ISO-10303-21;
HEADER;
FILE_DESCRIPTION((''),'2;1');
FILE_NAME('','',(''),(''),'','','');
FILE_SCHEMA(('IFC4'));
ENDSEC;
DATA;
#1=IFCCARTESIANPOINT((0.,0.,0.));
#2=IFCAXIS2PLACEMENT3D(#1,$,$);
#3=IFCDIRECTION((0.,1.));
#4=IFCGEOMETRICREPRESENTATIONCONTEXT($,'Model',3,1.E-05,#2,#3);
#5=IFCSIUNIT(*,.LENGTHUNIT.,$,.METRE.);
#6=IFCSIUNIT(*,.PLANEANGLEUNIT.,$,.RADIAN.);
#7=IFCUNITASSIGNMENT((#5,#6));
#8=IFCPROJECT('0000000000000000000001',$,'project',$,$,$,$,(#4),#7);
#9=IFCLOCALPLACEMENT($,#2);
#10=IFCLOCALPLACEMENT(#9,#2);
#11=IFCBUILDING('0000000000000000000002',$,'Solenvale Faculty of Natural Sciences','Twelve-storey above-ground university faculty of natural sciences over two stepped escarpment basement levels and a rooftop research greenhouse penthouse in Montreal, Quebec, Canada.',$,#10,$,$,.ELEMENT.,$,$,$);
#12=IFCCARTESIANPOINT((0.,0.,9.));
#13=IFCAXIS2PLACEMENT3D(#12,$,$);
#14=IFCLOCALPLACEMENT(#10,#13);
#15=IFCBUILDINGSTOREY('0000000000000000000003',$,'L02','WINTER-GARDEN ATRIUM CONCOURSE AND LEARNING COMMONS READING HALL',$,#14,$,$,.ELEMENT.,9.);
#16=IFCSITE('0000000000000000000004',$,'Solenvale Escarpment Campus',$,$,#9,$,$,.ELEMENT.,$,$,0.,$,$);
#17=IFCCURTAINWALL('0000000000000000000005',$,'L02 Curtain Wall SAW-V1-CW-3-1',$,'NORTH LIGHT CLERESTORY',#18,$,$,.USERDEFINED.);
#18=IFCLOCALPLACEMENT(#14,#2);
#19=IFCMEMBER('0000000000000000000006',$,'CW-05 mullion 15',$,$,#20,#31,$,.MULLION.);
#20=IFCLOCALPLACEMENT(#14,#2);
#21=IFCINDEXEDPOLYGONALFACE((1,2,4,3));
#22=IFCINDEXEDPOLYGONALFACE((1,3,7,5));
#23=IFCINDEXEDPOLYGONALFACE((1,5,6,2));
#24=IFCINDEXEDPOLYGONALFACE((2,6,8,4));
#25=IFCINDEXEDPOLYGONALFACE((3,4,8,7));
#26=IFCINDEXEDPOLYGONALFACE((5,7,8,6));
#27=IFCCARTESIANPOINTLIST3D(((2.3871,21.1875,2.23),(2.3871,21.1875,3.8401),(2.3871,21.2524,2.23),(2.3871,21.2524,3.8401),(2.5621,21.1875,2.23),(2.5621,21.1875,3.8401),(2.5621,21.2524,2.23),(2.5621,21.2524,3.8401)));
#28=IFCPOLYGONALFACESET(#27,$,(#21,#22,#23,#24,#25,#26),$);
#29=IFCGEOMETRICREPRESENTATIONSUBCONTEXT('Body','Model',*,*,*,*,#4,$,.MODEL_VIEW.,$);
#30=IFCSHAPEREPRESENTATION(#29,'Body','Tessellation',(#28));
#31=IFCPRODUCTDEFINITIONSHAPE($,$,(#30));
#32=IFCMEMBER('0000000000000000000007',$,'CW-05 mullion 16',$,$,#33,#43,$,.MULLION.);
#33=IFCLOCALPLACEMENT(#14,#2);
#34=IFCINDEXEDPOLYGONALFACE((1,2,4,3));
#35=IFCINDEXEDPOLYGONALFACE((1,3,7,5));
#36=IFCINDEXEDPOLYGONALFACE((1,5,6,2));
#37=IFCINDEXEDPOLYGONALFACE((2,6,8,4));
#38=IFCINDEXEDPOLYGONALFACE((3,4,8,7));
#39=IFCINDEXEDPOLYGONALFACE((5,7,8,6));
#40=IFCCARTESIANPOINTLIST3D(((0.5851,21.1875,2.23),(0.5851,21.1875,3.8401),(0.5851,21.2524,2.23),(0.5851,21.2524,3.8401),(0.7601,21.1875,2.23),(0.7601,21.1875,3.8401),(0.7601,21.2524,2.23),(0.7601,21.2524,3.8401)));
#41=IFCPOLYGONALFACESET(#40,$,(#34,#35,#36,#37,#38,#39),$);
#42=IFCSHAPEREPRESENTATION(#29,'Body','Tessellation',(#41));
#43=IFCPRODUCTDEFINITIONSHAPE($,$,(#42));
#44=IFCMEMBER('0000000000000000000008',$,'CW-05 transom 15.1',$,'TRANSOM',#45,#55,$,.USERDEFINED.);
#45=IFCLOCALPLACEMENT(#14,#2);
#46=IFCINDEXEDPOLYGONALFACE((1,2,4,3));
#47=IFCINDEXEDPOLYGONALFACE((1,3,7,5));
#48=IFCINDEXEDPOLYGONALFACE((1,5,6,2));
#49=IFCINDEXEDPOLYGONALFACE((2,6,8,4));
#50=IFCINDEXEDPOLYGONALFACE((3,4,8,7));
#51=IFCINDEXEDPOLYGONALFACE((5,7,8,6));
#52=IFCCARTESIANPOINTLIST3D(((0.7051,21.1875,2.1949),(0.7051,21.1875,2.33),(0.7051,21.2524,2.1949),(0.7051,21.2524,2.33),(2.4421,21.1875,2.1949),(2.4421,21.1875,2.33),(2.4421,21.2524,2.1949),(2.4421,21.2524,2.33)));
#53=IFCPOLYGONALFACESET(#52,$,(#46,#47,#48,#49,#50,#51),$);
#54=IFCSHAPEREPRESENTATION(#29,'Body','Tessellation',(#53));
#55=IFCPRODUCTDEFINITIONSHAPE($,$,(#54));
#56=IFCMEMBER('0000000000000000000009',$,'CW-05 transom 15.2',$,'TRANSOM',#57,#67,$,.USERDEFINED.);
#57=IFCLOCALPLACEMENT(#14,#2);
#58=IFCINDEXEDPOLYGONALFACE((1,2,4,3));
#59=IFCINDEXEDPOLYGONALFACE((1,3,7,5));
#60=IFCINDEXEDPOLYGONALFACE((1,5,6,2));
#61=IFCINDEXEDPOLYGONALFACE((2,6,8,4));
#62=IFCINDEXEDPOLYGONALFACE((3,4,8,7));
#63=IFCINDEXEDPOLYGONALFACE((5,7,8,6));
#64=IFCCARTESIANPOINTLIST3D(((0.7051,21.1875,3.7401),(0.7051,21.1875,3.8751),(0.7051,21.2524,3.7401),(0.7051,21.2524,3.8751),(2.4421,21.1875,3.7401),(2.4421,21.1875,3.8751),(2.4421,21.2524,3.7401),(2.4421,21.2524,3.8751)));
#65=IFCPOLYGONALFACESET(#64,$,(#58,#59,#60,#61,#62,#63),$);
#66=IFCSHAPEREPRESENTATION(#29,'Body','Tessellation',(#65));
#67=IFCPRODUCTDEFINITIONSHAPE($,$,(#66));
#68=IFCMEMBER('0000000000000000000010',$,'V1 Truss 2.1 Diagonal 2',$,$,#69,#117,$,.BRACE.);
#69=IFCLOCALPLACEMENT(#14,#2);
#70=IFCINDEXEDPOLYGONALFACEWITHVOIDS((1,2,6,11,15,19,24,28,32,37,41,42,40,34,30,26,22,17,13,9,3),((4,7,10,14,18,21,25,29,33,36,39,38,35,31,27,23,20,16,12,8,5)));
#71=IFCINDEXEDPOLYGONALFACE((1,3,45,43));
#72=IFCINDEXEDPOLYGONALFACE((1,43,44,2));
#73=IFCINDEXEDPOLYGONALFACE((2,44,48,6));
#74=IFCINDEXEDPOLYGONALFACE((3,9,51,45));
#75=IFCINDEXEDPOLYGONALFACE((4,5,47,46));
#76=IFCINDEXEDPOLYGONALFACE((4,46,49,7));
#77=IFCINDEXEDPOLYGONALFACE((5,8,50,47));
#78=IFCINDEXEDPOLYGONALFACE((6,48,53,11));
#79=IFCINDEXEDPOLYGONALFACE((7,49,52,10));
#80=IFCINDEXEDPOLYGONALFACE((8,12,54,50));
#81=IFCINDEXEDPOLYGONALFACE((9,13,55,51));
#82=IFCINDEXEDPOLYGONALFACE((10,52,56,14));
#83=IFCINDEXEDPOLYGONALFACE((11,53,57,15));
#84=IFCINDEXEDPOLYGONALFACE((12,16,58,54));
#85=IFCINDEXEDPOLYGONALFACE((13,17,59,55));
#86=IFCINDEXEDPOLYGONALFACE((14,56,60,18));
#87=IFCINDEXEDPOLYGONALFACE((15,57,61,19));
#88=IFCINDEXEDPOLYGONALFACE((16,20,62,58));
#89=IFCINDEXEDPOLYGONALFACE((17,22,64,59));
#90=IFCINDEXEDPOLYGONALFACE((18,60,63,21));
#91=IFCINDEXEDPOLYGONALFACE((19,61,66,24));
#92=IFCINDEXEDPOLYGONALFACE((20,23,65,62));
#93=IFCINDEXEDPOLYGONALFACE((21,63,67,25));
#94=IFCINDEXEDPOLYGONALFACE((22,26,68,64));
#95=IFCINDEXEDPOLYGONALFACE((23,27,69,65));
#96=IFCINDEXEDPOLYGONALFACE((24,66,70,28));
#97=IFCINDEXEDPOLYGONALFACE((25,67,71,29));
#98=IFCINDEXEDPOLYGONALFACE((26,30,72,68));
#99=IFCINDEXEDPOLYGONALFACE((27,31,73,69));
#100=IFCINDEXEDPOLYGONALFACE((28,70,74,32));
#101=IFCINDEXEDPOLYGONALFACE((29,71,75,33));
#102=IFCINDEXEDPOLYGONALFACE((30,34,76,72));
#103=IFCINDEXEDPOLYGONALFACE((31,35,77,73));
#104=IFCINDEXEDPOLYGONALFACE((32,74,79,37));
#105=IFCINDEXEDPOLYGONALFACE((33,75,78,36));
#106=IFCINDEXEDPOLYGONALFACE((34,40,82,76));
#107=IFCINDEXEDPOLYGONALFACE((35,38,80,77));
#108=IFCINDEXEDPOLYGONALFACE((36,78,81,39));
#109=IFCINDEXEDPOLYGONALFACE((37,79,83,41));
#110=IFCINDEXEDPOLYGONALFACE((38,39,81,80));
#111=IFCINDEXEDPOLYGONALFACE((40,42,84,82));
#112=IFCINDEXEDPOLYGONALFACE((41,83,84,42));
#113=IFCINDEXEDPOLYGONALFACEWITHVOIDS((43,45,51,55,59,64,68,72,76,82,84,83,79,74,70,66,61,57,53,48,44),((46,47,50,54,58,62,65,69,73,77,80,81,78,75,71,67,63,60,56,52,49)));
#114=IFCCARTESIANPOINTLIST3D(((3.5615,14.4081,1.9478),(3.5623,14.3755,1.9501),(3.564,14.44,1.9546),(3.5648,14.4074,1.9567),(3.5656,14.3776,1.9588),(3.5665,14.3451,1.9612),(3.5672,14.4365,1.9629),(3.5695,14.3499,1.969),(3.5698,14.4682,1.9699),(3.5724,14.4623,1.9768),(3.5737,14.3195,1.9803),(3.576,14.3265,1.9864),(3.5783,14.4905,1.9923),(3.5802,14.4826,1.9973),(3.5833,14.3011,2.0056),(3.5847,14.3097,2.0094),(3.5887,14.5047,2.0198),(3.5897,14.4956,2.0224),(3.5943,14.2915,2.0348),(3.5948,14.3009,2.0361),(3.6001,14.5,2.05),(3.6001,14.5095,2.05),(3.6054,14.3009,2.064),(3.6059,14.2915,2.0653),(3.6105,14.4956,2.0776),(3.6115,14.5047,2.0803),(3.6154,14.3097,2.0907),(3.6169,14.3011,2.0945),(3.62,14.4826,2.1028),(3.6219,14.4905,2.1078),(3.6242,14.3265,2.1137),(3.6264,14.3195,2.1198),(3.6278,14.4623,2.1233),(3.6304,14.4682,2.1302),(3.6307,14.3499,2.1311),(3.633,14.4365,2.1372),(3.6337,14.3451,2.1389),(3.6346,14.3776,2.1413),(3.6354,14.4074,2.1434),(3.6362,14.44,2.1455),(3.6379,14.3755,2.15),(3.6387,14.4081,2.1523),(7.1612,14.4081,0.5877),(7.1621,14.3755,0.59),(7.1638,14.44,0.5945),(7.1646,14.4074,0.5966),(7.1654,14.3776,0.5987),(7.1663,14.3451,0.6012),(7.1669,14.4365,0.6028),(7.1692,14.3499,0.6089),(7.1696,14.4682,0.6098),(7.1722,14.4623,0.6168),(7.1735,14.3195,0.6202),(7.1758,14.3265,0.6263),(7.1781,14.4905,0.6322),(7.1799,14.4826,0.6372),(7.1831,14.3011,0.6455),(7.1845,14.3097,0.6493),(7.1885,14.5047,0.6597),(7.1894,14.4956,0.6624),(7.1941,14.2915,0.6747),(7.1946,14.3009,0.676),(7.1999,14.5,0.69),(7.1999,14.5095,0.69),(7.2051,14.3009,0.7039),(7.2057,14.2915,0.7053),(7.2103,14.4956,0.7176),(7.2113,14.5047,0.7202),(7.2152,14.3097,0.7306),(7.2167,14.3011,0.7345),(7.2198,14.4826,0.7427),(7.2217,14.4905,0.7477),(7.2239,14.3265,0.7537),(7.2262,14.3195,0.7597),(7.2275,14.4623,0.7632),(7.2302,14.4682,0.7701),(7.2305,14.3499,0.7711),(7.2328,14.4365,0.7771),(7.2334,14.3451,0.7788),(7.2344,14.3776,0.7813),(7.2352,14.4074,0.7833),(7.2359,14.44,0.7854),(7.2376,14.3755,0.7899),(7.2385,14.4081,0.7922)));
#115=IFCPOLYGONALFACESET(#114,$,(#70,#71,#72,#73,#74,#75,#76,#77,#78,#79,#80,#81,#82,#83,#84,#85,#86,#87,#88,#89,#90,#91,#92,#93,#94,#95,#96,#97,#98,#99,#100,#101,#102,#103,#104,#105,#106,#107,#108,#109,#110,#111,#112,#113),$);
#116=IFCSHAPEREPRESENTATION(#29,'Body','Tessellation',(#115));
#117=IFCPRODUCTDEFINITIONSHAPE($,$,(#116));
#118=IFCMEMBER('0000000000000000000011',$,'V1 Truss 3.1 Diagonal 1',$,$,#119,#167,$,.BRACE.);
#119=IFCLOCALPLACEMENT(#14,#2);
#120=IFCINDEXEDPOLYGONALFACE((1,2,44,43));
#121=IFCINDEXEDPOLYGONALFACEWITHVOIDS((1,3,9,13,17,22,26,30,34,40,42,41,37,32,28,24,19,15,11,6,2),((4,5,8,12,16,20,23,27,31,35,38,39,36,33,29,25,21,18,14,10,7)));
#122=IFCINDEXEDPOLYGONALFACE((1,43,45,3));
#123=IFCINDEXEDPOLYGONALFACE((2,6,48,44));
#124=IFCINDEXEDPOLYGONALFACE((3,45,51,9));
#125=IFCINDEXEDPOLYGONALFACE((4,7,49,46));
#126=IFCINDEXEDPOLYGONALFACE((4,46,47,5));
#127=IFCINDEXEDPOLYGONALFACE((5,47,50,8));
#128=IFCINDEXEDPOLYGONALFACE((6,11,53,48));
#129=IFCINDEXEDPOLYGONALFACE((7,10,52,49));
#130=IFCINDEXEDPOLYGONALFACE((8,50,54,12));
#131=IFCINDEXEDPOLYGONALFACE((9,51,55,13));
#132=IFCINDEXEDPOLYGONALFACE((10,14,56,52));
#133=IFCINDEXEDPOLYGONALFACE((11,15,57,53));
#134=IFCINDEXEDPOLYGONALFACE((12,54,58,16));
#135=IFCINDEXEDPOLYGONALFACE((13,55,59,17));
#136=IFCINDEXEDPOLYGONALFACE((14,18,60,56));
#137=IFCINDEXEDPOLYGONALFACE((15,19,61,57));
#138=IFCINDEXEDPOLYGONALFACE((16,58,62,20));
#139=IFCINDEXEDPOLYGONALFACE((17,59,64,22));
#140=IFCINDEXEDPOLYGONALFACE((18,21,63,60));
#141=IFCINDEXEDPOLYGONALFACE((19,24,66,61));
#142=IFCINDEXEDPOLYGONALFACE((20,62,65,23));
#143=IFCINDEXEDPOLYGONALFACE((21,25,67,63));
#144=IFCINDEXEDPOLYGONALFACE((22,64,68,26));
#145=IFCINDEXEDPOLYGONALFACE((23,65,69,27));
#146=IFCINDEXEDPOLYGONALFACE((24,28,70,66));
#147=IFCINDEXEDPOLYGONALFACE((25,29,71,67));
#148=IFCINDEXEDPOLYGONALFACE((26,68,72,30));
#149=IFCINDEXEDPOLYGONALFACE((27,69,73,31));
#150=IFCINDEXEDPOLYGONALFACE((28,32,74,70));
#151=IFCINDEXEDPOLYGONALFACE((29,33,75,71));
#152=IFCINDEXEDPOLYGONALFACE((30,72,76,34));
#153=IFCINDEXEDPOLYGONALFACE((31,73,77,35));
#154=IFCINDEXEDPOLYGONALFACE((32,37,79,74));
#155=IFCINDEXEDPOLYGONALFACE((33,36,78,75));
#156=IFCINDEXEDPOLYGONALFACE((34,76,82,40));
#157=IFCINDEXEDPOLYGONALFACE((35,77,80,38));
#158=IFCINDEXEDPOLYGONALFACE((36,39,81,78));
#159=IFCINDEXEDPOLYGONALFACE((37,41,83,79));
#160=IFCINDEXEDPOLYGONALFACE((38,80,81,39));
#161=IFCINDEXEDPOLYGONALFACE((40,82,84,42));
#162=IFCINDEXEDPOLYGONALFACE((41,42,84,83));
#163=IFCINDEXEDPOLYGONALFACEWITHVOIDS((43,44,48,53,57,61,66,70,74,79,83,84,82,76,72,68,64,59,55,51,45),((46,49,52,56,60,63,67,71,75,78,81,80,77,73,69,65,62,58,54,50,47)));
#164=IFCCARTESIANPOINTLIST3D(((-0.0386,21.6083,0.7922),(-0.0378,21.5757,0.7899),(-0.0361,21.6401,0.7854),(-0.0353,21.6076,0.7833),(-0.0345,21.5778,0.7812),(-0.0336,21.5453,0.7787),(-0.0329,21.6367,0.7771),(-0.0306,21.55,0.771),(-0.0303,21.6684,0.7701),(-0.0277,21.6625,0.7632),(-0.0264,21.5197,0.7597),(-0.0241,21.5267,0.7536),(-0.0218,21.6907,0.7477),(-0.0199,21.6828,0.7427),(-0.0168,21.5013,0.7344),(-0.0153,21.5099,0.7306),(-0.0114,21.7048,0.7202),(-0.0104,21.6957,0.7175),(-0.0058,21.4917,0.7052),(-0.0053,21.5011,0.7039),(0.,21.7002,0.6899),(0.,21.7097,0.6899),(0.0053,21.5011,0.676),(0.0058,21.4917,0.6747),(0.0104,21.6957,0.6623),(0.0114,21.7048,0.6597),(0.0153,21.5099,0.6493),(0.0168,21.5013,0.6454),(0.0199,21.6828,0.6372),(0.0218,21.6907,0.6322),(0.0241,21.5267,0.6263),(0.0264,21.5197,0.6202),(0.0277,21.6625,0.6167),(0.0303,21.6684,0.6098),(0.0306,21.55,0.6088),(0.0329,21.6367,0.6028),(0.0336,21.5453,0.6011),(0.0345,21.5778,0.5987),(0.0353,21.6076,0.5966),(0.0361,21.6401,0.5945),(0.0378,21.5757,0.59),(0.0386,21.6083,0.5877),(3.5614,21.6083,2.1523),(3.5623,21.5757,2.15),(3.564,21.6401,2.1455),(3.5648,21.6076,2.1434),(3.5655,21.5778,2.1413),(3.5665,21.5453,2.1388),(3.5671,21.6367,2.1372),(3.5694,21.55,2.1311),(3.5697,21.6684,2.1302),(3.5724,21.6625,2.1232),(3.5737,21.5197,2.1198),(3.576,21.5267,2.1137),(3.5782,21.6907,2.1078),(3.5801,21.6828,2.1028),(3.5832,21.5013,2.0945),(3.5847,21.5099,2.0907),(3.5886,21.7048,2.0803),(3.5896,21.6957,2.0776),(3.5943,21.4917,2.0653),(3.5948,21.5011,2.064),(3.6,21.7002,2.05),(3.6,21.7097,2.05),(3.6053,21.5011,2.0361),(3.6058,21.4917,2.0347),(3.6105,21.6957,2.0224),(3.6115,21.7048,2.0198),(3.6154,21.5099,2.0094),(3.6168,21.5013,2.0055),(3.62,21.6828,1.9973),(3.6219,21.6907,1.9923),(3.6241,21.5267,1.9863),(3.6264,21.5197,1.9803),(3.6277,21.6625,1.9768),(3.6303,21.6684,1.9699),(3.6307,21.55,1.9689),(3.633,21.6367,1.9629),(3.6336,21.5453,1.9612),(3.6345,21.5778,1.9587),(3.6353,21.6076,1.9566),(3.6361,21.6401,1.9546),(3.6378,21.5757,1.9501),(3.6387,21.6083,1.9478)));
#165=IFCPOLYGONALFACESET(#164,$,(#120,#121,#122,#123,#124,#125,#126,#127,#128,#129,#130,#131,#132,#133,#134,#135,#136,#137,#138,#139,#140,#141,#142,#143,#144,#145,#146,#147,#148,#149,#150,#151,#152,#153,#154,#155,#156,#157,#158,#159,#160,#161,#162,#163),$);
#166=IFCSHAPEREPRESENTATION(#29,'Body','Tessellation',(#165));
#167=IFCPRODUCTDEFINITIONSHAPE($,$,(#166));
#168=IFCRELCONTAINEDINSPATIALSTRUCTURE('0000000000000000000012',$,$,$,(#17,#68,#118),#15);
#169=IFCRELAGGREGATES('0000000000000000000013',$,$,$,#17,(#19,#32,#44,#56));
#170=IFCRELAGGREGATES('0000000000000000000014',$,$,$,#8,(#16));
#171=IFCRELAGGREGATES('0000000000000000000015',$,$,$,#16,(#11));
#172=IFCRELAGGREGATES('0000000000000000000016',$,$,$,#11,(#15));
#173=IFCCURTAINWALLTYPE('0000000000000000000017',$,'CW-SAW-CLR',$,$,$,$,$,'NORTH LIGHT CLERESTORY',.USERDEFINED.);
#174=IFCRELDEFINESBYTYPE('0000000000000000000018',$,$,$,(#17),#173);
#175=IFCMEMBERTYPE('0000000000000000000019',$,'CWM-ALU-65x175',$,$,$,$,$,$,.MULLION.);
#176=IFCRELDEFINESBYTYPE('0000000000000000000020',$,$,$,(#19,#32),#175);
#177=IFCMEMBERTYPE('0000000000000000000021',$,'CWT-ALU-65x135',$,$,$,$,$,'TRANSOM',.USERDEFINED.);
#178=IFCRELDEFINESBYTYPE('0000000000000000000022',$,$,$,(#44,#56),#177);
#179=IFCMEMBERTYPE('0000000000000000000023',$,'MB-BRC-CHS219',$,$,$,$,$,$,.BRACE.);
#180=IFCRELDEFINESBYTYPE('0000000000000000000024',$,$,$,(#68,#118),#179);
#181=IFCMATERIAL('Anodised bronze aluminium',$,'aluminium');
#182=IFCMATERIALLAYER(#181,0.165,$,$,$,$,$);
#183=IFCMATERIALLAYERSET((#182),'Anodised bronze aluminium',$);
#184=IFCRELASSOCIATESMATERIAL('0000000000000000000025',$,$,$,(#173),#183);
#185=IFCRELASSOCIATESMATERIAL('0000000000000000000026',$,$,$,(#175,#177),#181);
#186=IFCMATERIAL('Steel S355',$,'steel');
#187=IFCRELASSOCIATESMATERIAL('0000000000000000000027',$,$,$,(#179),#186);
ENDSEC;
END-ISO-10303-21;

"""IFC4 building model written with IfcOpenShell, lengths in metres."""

from ifc_helpers import new_model, si_unit, direction, frame, origin, origin_2d, place, context, subcontext, project, spatial, rectangle, hollow_circle, extrude, material, layer, layer_set, material_profile, profile_set, type_object, element, aggregate, save


model = new_model("IFC4")

# Units and contexts
model_context = context("Model", 3, precision=1e-05, world=origin(), true_north=direction((0.0, 1.0)))
body_context = subcontext(model_context, "Body", "Model", "MODEL_VIEW")
ifc_project = project(units=[si_unit("LENGTHUNIT", "METRE"), si_unit("PLANEANGLEUNIT", "RADIAN")], contexts=[model_context])

# Site, building, storey
site_placement = place(None, origin())
site = spatial("IfcSite", under=ifc_project, at=site_placement, Name="Solenvale Escarpment Campus", CompositionType="ELEMENT", RefElevation=0.0)
building_placement = place(site_placement, origin())
building = spatial("IfcBuilding", under=site, at=building_placement, Name="Solenvale Faculty of Natural Sciences", Description="Twelve-storey above-ground university faculty of natural sciences over two stepped escarpment basement levels and a rooftop research greenhouse penthouse in Montreal, Quebec, Canada.", CompositionType="ELEMENT")
storey_placement = place(building_placement, frame((0.0, 0.0, 9.0)))
storey = spatial("IfcBuildingStorey", under=building, at=storey_placement, Name="L02", Description="WINTER-GARDEN ATRIUM CONCOURSE AND LEARNING COMMONS READING HALL", CompositionType="ELEMENT", Elevation=9.0)

# Shared definitions
ifc_material_1 = material(Name="Steel S355", Category="steel")

# Curtain wall, members
ifc_material_2 = material(Name="Anodised bronze aluminium", Category="aluminium")
ifc_layer_1 = layer(ifc_material_2, 0.165)
ifc_layer_set_1 = layer_set([ifc_layer_1], Name="Anodised bronze aluminium")
curtain_wall_type = type_object("IfcCurtainWallType", Name="CW-SAW-CLR", ElementType="NORTH LIGHT CLERESTORY", PredefinedType="USERDEFINED", material=ifc_layer_set_1)
curtain_wall_placement = place(storey_placement, origin())
curtain_wall = element("IfcCurtainWall", 1, at=curtain_wall_placement, inside=storey, type_object=curtain_wall_type, Name="L02 Curtain Wall SAW-V1-CW-3-1", ObjectType="NORTH LIGHT CLERESTORY", PredefinedType="USERDEFINED")
ifc_material_profile_1 = material_profile(ifc_material_2, rectangle(XDim=0.0649, YDim=0.175, at=origin_2d()), Name="ALU-MUL-65x175")
ifc_profile_set_1 = profile_set([ifc_material_profile_1], Name="Anodised bronze aluminium")
member_type_1 = type_object("IfcMemberType", Name="CWM-ALU-65x175", PredefinedType="MULLION", material=ifc_profile_set_1)
member_1_placement = place(storey_placement, frame((2.4746, 21.22, 2.23), z_axis=(0.0, 0.0, 1.0), x_axis=(0.0, -1.0, 0.0)))
member_1 = element("IfcMember", 2, at=member_1_placement, type_object=member_type_1, Name="CW-05 mullion 15", PredefinedType="MULLION", context=body_context, shape_type="SweptSolid", body=[
    extrude(rectangle(XDim=0.0649, YDim=0.175, at=origin_2d()), origin(), (0.0, 0.0, 1.0), 1.6101),
])
member_2_placement = place(storey_placement, frame((0.6726, 21.22, 2.23), z_axis=(0.0, 0.0, 1.0), x_axis=(0.0, -1.0, 0.0)))
member_2 = element("IfcMember", 3, at=member_2_placement, type_object=member_type_1, Name="CW-05 mullion 16", PredefinedType="MULLION", context=body_context, shape_type="SweptSolid", body=[
    extrude(rectangle(XDim=0.0649, YDim=0.175, at=origin_2d()), origin(), (0.0, 0.0, 1.0), 1.6101),
])
ifc_material_profile_2 = material_profile(ifc_material_2, rectangle(XDim=0.0649, YDim=0.135, at=origin_2d()), Name="ALU-TRN-65x135")
ifc_profile_set_2 = profile_set([ifc_material_profile_2], Name="Anodised bronze aluminium")
member_type_2 = type_object("IfcMemberType", Name="CWT-ALU-65x135", ElementType="TRANSOM", PredefinedType="USERDEFINED", material=ifc_profile_set_2)
member_3_placement = place(storey_placement, frame((2.4421, 21.22, 2.2625), z_axis=(-1.0, 0.0, 0.0), x_axis=(0.0, -1.0, 0.0)))
member_3 = element("IfcMember", 4, at=member_3_placement, type_object=member_type_2, Name="CW-05 transom 15.1", ObjectType="TRANSOM", PredefinedType="USERDEFINED", context=body_context, shape_type="SweptSolid", body=[
    extrude(rectangle(XDim=0.0649, YDim=0.135, at=origin_2d()), origin(), (0.0, 0.0, 1.0), 1.7371),
])
member_4_placement = place(storey_placement, frame((2.4421, 21.22, 3.8076), z_axis=(-1.0, 0.0, 0.0), x_axis=(0.0, -1.0, 0.0)))
member_4 = element("IfcMember", 5, at=member_4_placement, type_object=member_type_2, Name="CW-05 transom 15.2", ObjectType="TRANSOM", PredefinedType="USERDEFINED", context=body_context, shape_type="SweptSolid", body=[
    extrude(rectangle(XDim=0.0649, YDim=0.135, at=origin_2d()), origin(), (0.0, 0.0, 1.0), 1.7371),
])

# Members
ifc_material_profile_3 = material_profile(ifc_material_1, hollow_circle(Radius=0.1096, WallThickness=0.0095, at=origin_2d()), Name="HSS219x9.5")
ifc_profile_set_3 = profile_set([ifc_material_profile_3], Name="Steel S355")
member_type_3 = type_object("IfcMemberType", Name="MB-BRC-CHS219", PredefinedType="BRACE", material=ifc_profile_set_3)
member_5_placement = place(storey_placement, frame((3.6001, 14.3999, 2.05), z_axis=(0.935458, 0.0, -0.353438), x_axis=(0.0, 1.0, 0.0)))
element("IfcMember", 6, at=member_5_placement, inside=storey, type_object=member_type_3, Name="V1 Truss 2.1 Diagonal 2", PredefinedType="BRACE", context=body_context, shape_type="SweptSolid", body=[
    extrude(hollow_circle(Radius=0.1096, WallThickness=0.0095, at=origin_2d()), origin(), (0.0, 0.0, 1.0), 3.8481),
])
member_6_placement = place(storey_placement, frame((0.0, 21.6001, 0.6899), z_axis=(0.935466, 0.0, 0.353417), x_axis=(0.0, 1.0, 0.0)))
element("IfcMember", 7, at=member_6_placement, inside=storey, type_object=member_type_3, Name="V1 Truss 3.1 Diagonal 1", PredefinedType="BRACE", context=body_context, shape_type="SweptSolid", body=[
    extrude(hollow_circle(Radius=0.1096, WallThickness=0.0095, at=origin_2d()), origin(), (0.0, 0.0, 1.0), 3.8484),
])

aggregate(curtain_wall, [member_1, member_2, member_3, member_4])

save(model, "model.ifc")
